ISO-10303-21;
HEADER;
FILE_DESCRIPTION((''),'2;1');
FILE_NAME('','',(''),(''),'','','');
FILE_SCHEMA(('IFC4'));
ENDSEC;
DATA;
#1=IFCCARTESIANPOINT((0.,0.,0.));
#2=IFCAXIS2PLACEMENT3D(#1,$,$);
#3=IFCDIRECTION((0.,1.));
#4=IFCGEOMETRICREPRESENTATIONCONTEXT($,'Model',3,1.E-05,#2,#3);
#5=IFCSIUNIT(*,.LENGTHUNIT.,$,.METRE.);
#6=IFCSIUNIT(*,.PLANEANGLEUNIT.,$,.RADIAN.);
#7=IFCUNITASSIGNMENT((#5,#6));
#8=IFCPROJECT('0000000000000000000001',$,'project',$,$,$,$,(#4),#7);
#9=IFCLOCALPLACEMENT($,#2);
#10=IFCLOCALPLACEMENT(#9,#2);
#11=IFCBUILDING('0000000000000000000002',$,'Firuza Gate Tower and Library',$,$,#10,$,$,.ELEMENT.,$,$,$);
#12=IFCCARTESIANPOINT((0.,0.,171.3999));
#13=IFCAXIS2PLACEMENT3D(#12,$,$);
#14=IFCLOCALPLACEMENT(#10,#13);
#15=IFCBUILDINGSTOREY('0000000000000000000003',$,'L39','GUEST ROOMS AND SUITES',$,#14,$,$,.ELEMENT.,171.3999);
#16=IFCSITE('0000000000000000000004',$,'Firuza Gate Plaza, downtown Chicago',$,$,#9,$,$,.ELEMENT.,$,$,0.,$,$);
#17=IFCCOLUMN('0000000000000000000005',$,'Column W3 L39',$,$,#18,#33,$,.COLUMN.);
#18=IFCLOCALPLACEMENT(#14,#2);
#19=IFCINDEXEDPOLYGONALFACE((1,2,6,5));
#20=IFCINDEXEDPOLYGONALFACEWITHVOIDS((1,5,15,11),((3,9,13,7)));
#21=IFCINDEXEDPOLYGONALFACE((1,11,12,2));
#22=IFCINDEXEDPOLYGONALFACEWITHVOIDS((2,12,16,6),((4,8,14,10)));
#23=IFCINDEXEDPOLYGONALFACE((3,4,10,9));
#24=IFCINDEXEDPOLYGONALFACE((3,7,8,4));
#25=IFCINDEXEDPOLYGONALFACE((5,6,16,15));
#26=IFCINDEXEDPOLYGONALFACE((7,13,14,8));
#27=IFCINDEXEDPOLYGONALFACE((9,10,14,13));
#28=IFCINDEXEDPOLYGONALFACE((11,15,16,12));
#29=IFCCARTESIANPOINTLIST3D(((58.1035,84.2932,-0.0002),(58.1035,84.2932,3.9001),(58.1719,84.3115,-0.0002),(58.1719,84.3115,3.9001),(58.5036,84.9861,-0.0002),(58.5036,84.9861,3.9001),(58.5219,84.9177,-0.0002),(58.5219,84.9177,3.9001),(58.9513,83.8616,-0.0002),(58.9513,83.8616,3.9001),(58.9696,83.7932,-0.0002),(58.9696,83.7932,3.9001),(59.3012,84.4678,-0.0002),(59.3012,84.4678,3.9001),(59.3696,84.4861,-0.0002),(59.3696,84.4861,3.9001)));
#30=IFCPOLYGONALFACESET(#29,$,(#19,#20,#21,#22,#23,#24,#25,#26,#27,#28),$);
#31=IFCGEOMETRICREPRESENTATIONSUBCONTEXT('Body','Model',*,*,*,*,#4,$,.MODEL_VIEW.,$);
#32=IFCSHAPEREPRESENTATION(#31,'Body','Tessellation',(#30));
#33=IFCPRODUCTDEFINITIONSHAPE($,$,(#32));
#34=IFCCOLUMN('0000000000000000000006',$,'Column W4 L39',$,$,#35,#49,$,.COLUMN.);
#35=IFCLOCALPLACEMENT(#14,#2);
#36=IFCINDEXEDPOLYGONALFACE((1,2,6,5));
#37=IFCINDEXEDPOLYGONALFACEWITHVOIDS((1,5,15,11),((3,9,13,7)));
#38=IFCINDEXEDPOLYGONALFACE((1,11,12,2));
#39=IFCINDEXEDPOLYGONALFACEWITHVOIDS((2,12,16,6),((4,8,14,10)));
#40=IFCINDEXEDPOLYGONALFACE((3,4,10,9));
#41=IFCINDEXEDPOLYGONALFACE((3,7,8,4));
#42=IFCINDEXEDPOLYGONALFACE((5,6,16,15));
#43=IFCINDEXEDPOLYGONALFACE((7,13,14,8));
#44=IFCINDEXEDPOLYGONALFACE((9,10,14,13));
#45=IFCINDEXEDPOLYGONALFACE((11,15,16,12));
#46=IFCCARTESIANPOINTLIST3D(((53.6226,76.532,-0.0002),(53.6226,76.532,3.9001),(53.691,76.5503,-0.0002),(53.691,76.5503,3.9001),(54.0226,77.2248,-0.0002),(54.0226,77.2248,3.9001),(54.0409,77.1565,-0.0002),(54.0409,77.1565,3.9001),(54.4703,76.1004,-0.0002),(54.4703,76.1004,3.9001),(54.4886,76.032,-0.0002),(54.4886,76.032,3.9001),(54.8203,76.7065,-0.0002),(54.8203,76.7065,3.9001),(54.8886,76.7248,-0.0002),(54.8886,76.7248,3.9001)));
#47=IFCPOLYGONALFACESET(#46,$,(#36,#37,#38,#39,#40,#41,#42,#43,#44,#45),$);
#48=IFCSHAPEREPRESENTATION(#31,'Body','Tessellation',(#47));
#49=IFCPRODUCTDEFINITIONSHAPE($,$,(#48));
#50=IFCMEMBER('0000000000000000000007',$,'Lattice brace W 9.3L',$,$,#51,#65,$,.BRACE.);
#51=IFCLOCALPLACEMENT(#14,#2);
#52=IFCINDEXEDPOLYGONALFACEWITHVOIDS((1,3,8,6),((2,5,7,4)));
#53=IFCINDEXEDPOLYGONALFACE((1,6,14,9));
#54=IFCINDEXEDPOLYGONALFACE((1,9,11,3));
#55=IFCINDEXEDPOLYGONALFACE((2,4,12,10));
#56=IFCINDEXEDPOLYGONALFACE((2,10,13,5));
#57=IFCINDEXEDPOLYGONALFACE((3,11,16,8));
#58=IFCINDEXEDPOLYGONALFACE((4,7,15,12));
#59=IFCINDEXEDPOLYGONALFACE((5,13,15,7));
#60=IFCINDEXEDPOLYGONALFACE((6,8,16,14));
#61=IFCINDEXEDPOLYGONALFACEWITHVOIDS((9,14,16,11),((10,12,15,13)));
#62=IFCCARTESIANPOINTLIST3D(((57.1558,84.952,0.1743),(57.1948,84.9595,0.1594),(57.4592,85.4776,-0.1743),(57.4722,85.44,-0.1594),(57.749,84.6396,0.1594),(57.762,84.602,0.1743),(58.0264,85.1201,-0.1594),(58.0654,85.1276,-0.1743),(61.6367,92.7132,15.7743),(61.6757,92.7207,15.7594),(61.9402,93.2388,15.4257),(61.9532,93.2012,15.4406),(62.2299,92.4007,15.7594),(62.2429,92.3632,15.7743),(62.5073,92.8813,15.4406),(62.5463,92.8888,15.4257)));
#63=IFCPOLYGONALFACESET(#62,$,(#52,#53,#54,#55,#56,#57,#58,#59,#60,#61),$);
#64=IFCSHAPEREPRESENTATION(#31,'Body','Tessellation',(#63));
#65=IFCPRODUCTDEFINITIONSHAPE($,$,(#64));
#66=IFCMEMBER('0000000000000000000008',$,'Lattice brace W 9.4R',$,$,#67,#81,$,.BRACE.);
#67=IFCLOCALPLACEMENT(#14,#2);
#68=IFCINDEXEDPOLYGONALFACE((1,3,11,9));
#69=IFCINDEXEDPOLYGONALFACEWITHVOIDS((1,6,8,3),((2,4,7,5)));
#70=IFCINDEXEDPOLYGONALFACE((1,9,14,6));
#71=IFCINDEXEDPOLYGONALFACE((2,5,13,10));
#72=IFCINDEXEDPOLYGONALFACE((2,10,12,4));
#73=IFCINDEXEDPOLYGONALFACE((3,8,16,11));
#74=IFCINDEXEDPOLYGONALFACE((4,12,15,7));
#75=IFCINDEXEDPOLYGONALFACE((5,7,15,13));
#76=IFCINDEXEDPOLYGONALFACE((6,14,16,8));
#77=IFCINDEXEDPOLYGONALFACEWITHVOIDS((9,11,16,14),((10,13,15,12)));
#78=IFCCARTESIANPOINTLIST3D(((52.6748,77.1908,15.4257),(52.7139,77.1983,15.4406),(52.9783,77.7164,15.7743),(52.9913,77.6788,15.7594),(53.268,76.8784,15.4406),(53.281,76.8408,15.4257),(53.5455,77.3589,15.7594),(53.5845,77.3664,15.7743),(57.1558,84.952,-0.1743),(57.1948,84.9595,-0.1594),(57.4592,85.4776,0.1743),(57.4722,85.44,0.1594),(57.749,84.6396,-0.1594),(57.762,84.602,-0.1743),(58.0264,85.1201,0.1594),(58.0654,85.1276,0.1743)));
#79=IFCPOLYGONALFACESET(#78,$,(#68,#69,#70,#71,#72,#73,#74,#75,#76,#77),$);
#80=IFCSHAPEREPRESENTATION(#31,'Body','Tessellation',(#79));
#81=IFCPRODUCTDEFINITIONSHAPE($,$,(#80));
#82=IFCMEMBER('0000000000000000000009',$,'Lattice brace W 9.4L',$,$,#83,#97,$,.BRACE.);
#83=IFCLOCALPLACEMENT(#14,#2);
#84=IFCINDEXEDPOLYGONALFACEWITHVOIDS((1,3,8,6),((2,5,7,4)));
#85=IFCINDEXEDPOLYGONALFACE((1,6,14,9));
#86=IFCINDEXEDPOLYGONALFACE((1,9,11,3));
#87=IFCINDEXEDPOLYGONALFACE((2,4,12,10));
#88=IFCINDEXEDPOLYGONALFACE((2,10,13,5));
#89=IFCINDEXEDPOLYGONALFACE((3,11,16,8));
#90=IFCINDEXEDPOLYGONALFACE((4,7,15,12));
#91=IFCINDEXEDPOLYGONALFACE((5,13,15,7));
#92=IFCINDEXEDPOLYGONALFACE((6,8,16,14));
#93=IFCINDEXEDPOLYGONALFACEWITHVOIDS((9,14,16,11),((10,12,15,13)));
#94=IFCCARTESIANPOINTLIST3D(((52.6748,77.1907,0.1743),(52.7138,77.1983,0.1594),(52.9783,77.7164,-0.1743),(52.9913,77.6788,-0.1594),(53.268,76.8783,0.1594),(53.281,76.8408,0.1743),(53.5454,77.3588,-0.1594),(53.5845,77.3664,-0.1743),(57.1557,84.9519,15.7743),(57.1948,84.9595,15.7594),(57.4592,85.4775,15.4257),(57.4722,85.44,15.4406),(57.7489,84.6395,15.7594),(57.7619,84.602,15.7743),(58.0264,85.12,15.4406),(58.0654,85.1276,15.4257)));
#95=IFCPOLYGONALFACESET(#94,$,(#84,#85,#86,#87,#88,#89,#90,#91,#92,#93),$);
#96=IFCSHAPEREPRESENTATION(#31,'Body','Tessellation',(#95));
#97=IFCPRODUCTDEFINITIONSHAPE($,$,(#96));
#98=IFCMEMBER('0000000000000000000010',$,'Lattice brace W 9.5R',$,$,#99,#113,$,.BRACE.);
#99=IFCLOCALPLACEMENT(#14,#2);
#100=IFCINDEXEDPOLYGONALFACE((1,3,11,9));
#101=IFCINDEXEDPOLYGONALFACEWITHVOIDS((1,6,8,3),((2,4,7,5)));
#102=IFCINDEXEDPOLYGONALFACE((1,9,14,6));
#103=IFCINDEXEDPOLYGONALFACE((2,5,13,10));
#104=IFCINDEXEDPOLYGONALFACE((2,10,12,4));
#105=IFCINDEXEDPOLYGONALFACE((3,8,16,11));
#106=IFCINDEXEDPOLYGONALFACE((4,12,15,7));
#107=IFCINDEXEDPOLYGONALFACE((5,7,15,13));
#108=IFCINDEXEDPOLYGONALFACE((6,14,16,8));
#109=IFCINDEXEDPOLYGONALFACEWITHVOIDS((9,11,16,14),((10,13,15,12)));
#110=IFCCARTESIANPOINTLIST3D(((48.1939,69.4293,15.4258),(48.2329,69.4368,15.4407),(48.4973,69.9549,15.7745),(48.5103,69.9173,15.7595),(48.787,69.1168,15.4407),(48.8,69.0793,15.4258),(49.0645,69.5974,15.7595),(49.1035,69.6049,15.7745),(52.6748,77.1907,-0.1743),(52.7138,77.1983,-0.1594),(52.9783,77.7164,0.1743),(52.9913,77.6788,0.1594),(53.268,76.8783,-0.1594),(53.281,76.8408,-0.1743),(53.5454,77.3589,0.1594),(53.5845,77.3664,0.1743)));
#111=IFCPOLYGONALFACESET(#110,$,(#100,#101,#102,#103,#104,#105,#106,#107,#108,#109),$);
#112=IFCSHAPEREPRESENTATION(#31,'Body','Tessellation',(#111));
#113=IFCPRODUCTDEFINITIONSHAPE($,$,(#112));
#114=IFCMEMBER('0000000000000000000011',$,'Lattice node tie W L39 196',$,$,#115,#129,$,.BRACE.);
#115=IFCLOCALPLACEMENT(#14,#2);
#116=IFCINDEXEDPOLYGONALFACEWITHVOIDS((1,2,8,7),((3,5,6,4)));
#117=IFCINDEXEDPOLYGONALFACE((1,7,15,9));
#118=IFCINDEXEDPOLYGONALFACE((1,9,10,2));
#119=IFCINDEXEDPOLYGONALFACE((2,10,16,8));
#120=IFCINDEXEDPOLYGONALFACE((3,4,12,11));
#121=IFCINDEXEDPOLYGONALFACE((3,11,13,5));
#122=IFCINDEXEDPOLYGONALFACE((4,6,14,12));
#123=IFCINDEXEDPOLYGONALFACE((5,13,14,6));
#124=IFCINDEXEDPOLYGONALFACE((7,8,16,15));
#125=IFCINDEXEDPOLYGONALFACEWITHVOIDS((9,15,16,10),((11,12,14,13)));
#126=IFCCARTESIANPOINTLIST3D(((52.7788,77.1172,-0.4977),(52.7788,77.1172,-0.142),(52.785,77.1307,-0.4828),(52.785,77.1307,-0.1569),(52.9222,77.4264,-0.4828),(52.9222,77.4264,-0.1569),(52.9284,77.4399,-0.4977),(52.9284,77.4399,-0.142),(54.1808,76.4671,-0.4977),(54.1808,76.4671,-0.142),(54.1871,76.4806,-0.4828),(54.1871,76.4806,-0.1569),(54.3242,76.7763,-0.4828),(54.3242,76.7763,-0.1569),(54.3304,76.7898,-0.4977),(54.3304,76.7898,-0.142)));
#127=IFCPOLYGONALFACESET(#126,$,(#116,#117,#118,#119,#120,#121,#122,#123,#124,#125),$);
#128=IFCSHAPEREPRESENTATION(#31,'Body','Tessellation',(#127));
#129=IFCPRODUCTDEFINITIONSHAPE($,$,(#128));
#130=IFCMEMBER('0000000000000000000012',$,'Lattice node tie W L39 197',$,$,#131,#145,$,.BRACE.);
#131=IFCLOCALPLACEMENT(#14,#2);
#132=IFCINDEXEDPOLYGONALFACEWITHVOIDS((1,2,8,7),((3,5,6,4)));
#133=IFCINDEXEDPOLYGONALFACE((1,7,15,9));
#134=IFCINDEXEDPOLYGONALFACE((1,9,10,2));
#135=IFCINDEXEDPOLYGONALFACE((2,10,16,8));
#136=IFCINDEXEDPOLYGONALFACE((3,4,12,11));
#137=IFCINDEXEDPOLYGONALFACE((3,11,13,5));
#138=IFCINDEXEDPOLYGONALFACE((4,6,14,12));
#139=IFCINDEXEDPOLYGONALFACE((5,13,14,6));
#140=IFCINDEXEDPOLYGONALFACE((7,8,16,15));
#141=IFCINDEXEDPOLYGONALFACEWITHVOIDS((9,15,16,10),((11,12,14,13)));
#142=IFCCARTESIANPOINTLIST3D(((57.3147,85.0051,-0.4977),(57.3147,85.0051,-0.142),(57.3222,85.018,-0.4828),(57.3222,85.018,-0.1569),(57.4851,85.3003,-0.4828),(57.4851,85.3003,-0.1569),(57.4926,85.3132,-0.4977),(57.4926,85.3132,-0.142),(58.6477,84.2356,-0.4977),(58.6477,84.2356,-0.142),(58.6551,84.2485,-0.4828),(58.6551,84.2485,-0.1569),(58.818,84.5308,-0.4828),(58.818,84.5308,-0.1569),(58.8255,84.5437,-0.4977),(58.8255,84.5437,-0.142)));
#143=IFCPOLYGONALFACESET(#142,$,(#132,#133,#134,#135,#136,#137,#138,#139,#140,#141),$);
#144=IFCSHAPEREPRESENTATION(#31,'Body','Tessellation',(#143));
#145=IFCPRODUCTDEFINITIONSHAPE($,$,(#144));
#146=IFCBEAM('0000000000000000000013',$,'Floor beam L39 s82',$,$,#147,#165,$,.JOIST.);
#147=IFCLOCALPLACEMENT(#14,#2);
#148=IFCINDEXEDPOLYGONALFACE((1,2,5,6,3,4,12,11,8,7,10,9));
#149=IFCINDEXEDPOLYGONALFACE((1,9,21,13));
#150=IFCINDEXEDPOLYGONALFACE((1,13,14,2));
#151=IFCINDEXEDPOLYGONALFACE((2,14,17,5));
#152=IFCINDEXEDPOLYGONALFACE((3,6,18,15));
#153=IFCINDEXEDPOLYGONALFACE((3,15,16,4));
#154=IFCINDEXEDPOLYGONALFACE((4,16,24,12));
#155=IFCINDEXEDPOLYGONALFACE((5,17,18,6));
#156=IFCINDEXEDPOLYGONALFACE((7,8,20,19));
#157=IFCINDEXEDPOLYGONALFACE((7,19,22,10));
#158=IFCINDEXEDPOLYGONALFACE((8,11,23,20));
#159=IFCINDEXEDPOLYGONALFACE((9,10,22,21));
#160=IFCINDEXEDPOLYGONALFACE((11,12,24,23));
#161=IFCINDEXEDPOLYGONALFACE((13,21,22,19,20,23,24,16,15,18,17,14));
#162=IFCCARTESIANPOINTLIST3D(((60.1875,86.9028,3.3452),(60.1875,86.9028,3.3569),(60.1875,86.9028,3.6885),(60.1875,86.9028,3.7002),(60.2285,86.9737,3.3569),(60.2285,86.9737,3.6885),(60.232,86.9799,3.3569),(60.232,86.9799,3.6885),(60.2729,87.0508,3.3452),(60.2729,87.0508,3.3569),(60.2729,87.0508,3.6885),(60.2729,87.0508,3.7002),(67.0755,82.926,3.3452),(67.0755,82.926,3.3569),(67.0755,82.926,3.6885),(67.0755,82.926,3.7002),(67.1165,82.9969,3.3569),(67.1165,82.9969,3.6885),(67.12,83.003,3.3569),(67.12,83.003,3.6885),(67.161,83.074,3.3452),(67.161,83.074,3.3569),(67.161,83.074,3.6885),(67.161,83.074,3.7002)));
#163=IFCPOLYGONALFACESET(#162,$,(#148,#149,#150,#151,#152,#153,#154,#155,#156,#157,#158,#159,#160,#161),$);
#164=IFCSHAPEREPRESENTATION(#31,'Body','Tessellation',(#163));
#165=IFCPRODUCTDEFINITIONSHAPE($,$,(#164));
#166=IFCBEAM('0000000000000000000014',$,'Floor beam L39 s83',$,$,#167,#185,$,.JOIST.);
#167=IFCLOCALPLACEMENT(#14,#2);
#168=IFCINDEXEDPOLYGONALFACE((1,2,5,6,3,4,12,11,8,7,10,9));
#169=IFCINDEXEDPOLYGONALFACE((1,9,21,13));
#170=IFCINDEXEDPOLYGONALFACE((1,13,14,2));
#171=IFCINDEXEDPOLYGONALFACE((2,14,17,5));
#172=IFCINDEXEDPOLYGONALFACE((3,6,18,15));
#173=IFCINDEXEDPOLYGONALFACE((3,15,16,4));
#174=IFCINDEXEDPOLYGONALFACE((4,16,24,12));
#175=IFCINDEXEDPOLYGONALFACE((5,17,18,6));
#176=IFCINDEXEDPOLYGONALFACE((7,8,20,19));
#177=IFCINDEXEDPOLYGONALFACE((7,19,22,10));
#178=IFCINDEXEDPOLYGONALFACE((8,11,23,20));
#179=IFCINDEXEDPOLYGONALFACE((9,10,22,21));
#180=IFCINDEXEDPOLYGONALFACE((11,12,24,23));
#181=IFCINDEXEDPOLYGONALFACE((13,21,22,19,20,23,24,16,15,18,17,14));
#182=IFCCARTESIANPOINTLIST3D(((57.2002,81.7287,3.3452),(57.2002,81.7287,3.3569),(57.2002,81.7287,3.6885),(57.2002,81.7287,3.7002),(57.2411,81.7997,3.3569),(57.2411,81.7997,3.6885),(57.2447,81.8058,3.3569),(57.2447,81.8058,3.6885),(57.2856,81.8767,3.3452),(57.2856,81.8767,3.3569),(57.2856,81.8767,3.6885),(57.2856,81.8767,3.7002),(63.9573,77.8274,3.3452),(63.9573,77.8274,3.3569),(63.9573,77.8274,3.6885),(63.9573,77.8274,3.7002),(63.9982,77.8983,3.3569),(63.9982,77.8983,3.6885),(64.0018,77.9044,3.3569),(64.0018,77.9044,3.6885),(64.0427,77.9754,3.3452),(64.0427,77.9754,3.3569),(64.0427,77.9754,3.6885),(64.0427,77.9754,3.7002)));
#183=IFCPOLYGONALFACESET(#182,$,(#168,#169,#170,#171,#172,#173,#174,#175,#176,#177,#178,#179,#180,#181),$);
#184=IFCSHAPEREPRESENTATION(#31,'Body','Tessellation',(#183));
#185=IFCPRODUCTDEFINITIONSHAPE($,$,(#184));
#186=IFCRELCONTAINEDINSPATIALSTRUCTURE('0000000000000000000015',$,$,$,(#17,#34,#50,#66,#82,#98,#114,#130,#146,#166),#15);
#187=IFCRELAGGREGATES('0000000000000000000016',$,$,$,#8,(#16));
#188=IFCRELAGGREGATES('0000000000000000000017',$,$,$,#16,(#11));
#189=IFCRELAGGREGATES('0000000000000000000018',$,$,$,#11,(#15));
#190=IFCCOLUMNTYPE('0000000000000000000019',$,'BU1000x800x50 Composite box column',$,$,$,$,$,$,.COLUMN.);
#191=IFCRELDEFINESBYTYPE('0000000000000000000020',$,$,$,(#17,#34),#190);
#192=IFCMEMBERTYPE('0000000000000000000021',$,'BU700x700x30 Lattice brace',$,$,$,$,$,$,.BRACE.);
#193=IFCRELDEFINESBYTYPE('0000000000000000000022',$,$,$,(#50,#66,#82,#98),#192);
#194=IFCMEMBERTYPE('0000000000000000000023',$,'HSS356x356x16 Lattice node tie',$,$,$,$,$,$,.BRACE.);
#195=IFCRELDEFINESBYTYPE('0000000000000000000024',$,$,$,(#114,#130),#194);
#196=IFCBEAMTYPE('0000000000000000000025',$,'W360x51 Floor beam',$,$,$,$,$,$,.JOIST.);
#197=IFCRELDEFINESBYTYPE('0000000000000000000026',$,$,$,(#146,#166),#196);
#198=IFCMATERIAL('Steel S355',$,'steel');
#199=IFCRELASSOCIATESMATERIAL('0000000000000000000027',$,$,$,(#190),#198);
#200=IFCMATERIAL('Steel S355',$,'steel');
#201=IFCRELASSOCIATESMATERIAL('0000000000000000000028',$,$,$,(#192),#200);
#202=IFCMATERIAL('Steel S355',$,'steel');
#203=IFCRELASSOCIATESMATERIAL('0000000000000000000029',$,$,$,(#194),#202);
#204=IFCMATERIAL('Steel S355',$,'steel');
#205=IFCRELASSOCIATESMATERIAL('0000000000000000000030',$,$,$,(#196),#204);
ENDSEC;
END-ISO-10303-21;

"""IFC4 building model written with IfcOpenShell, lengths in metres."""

from ifc_helpers import new_model, si_unit, direction, frame, origin, origin_2d, place, context, subcontext, project, spatial, hollow_rectangle, i_section, extrude, material, material_profile, profile_set, type_object, element, save


model = new_model("IFC4")

# Units and contexts
model_context = context("Model", 3, precision=1e-05, world=origin(), true_north=direction((0.0, 1.0)))
body_context = subcontext(model_context, "Body", "Model", "MODEL_VIEW")
ifc_project = project(units=[si_unit("LENGTHUNIT", "METRE"), si_unit("PLANEANGLEUNIT", "RADIAN")], contexts=[model_context])

# Site, building, storey
site_placement = place(None, origin())
site = spatial("IfcSite", under=ifc_project, at=site_placement, Name="Firuza Gate Plaza, downtown Chicago", CompositionType="ELEMENT", RefElevation=0.0)
building_placement = place(site_placement, origin())
building = spatial("IfcBuilding", under=site, at=building_placement, Name="Firuza Gate Tower and Library", CompositionType="ELEMENT")
storey_placement = place(building_placement, frame((0.0, 0.0, 171.3999)))
storey = spatial("IfcBuildingStorey", under=building, at=storey_placement, Name="L39", Description="GUEST ROOMS AND SUITES", CompositionType="ELEMENT", Elevation=171.3999)

# Columns
ifc_material_1 = material(Name="Steel S355", Category="steel")
ifc_material_profile_1 = material_profile(ifc_material_1, hollow_rectangle(XDim=0.8, YDim=1.0, WallThickness=0.05, at=origin_2d()))
ifc_profile_set_1 = profile_set([ifc_material_profile_1], Name="Steel S355")
column_type = type_object("IfcColumnType", Name="BU1000x800x50 Composite box column", PredefinedType="COLUMN", material=ifc_profile_set_1)
for number, where, z_axis, x_axis, name in (
    (1, (58.7366, 84.3896, -0.0002), (0.0, 0.0, 1.0), (-0.5, -0.866025, 0.0), "Column W3 L39"),
    (2, (54.2556, 76.6284, -0.0002), (0.0, 0.0, 1.0), (-0.5, -0.866025, 0.0), "Column W4 L39"),
):
    element("IfcColumn", number, at=place(storey_placement, frame(where, z_axis=z_axis, x_axis=x_axis)), inside=storey, type_object=column_type, Name=name, PredefinedType="COLUMN", context=body_context, shape_type="SweptSolid", body=[
        extrude(hollow_rectangle(XDim=0.8, YDim=1.0, WallThickness=0.05, at=origin_2d()), origin(), (0.0, 0.0, 1.0), 3.9004),
    ])

# Members
ifc_material_2 = material(Name="Steel S355", Category="steel")
ifc_material_profile_2 = material_profile(ifc_material_2, hollow_rectangle(XDim=0.7, YDim=0.7, WallThickness=0.03, at=origin_2d()))
ifc_profile_set_2 = profile_set([ifc_material_profile_2], Name="Steel S355")
member_type_1 = type_object("IfcMemberType", Name="BU700x700x30 Lattice brace", PredefinedType="BRACE", material=ifc_profile_set_2)
for number, where, z_axis, x_axis, name in (
    (3, (57.6106, 85.0398, 0.0), (0.249066, 0.431393, 0.867102), (-0.866025, 0.500001, 0.0), "Lattice brace W 9.3L"),
    (4, (57.6106, 85.0398, 0.0), (-0.249066, -0.431393, 0.867102), (0.866025, -0.500001, 0.0), "Lattice brace W 9.4R"),
    (5, (53.1296, 77.2786, 0.0), (0.249066, 0.431393, 0.867102), (-0.866025, 0.500001, 0.0), "Lattice brace W 9.4L"),
):
    element("IfcMember", number, at=place(storey_placement, frame(where, z_axis=z_axis, x_axis=x_axis)), inside=storey, type_object=member_type_1, Name=name, PredefinedType="BRACE", context=body_context, shape_type="SweptSolid", body=[
        extrude(hollow_rectangle(XDim=0.7, YDim=0.7, WallThickness=0.03, at=origin_2d()), origin(), (0.0, 0.0, 1.0), 17.991),
    ])
member_1_placement = place(storey_placement, frame((53.1296, 77.2786, 0.0), z_axis=(-0.249064, -0.431404, 0.867097), x_axis=(0.866032, -0.499989, 0.0)))
element("IfcMember", 6, at=member_1_placement, inside=storey, type_object=member_type_1, Name="Lattice brace W 9.5R", PredefinedType="BRACE", context=body_context, shape_type="SweptSolid", body=[
    extrude(hollow_rectangle(XDim=0.7, YDim=0.7, WallThickness=0.03, at=origin_2d()), origin(), (0.0, 0.0, 1.0), 17.9912),
])
ifc_material_3 = material(Name="Steel S355", Category="steel")
ifc_material_profile_3 = material_profile(ifc_material_3, hollow_rectangle(XDim=0.3557, YDim=0.3557, WallThickness=0.0149, at=origin_2d()))
ifc_profile_set_3 = profile_set([ifc_material_profile_3], Name="Steel S355")
member_type_2 = type_object("IfcMemberType", Name="HSS356x356x16 Lattice node tie", PredefinedType="BRACE", material=ifc_profile_set_3)
member_2_placement = place(storey_placement, frame((54.2556, 76.6284, -0.3198), z_axis=(-0.907214, 0.42067, 0.0), x_axis=(-0.42067, -0.907214, 0.0)))
element("IfcMember", 7, at=member_2_placement, inside=storey, type_object=member_type_2, Name="Lattice node tie W L39 196", PredefinedType="BRACE", context=body_context, shape_type="SweptSolid", body=[
    extrude(hollow_rectangle(XDim=0.3557, YDim=0.3557, WallThickness=0.0149, at=origin_2d()), origin(), (0.0, 0.0, 1.0), 1.5454),
])
member_3_placement = place(storey_placement, frame((58.7366, 84.3896, -0.3198), z_axis=(-0.866048, 0.49996, 0.0), x_axis=(-0.49996, -0.866048, 0.0)))
element("IfcMember", 8, at=member_3_placement, inside=storey, type_object=member_type_2, Name="Lattice node tie W L39 197", PredefinedType="BRACE", context=body_context, shape_type="SweptSolid", body=[
    extrude(hollow_rectangle(XDim=0.3557, YDim=0.3557, WallThickness=0.0149, at=origin_2d()), origin(), (0.0, 0.0, 1.0), 1.5391),
])

# Beams
ifc_material_4 = material(Name="Steel S355", Category="steel")
ifc_material_profile_4 = material_profile(ifc_material_4, i_section(OverallWidth=0.1709, OverallDepth=0.355, WebThickness=0.0071, FlangeThickness=0.0117, at=origin_2d()))
ifc_profile_set_4 = profile_set([ifc_material_profile_4], Name="Steel S355")
beam_type_1 = type_object("IfcBeamType", Name="W360x51 Floor beam", PredefinedType="JOIST", material=ifc_profile_set_4)
beam_1_placement = place(storey_placement, frame((60.2302, 86.9768, 3.5227), z_axis=(0.866023, -0.500005, 0.0), x_axis=(0.500005, 0.866023, 0.0)))
element("IfcBeam", 9, at=beam_1_placement, inside=storey, type_object=beam_type_1, Name="Floor beam L39 s82", PredefinedType="JOIST", context=body_context, shape_type="SweptSolid", body=[
    extrude(i_section(OverallWidth=0.1709, OverallDepth=0.355, WebThickness=0.0071, FlangeThickness=0.0117, at=origin_2d()), origin(), (0.0, 0.0, 1.0), 7.9536),
])
beam_2_placement = place(storey_placement, frame((57.2429, 81.8027, 3.5227), z_axis=(0.866016, -0.500016, 0.0), x_axis=(0.500016, 0.866016, 0.0)))
element("IfcBeam", 10, at=beam_2_placement, inside=storey, type_object=beam_type_1, Name="Floor beam L39 s83", PredefinedType="JOIST", context=body_context, shape_type="SweptSolid", body=[
    extrude(i_section(OverallWidth=0.1709, OverallDepth=0.355, WebThickness=0.0071, FlangeThickness=0.0117, at=origin_2d()), origin(), (0.0, 0.0, 1.0), 7.8025),
])

save(model, "model.ifc")
